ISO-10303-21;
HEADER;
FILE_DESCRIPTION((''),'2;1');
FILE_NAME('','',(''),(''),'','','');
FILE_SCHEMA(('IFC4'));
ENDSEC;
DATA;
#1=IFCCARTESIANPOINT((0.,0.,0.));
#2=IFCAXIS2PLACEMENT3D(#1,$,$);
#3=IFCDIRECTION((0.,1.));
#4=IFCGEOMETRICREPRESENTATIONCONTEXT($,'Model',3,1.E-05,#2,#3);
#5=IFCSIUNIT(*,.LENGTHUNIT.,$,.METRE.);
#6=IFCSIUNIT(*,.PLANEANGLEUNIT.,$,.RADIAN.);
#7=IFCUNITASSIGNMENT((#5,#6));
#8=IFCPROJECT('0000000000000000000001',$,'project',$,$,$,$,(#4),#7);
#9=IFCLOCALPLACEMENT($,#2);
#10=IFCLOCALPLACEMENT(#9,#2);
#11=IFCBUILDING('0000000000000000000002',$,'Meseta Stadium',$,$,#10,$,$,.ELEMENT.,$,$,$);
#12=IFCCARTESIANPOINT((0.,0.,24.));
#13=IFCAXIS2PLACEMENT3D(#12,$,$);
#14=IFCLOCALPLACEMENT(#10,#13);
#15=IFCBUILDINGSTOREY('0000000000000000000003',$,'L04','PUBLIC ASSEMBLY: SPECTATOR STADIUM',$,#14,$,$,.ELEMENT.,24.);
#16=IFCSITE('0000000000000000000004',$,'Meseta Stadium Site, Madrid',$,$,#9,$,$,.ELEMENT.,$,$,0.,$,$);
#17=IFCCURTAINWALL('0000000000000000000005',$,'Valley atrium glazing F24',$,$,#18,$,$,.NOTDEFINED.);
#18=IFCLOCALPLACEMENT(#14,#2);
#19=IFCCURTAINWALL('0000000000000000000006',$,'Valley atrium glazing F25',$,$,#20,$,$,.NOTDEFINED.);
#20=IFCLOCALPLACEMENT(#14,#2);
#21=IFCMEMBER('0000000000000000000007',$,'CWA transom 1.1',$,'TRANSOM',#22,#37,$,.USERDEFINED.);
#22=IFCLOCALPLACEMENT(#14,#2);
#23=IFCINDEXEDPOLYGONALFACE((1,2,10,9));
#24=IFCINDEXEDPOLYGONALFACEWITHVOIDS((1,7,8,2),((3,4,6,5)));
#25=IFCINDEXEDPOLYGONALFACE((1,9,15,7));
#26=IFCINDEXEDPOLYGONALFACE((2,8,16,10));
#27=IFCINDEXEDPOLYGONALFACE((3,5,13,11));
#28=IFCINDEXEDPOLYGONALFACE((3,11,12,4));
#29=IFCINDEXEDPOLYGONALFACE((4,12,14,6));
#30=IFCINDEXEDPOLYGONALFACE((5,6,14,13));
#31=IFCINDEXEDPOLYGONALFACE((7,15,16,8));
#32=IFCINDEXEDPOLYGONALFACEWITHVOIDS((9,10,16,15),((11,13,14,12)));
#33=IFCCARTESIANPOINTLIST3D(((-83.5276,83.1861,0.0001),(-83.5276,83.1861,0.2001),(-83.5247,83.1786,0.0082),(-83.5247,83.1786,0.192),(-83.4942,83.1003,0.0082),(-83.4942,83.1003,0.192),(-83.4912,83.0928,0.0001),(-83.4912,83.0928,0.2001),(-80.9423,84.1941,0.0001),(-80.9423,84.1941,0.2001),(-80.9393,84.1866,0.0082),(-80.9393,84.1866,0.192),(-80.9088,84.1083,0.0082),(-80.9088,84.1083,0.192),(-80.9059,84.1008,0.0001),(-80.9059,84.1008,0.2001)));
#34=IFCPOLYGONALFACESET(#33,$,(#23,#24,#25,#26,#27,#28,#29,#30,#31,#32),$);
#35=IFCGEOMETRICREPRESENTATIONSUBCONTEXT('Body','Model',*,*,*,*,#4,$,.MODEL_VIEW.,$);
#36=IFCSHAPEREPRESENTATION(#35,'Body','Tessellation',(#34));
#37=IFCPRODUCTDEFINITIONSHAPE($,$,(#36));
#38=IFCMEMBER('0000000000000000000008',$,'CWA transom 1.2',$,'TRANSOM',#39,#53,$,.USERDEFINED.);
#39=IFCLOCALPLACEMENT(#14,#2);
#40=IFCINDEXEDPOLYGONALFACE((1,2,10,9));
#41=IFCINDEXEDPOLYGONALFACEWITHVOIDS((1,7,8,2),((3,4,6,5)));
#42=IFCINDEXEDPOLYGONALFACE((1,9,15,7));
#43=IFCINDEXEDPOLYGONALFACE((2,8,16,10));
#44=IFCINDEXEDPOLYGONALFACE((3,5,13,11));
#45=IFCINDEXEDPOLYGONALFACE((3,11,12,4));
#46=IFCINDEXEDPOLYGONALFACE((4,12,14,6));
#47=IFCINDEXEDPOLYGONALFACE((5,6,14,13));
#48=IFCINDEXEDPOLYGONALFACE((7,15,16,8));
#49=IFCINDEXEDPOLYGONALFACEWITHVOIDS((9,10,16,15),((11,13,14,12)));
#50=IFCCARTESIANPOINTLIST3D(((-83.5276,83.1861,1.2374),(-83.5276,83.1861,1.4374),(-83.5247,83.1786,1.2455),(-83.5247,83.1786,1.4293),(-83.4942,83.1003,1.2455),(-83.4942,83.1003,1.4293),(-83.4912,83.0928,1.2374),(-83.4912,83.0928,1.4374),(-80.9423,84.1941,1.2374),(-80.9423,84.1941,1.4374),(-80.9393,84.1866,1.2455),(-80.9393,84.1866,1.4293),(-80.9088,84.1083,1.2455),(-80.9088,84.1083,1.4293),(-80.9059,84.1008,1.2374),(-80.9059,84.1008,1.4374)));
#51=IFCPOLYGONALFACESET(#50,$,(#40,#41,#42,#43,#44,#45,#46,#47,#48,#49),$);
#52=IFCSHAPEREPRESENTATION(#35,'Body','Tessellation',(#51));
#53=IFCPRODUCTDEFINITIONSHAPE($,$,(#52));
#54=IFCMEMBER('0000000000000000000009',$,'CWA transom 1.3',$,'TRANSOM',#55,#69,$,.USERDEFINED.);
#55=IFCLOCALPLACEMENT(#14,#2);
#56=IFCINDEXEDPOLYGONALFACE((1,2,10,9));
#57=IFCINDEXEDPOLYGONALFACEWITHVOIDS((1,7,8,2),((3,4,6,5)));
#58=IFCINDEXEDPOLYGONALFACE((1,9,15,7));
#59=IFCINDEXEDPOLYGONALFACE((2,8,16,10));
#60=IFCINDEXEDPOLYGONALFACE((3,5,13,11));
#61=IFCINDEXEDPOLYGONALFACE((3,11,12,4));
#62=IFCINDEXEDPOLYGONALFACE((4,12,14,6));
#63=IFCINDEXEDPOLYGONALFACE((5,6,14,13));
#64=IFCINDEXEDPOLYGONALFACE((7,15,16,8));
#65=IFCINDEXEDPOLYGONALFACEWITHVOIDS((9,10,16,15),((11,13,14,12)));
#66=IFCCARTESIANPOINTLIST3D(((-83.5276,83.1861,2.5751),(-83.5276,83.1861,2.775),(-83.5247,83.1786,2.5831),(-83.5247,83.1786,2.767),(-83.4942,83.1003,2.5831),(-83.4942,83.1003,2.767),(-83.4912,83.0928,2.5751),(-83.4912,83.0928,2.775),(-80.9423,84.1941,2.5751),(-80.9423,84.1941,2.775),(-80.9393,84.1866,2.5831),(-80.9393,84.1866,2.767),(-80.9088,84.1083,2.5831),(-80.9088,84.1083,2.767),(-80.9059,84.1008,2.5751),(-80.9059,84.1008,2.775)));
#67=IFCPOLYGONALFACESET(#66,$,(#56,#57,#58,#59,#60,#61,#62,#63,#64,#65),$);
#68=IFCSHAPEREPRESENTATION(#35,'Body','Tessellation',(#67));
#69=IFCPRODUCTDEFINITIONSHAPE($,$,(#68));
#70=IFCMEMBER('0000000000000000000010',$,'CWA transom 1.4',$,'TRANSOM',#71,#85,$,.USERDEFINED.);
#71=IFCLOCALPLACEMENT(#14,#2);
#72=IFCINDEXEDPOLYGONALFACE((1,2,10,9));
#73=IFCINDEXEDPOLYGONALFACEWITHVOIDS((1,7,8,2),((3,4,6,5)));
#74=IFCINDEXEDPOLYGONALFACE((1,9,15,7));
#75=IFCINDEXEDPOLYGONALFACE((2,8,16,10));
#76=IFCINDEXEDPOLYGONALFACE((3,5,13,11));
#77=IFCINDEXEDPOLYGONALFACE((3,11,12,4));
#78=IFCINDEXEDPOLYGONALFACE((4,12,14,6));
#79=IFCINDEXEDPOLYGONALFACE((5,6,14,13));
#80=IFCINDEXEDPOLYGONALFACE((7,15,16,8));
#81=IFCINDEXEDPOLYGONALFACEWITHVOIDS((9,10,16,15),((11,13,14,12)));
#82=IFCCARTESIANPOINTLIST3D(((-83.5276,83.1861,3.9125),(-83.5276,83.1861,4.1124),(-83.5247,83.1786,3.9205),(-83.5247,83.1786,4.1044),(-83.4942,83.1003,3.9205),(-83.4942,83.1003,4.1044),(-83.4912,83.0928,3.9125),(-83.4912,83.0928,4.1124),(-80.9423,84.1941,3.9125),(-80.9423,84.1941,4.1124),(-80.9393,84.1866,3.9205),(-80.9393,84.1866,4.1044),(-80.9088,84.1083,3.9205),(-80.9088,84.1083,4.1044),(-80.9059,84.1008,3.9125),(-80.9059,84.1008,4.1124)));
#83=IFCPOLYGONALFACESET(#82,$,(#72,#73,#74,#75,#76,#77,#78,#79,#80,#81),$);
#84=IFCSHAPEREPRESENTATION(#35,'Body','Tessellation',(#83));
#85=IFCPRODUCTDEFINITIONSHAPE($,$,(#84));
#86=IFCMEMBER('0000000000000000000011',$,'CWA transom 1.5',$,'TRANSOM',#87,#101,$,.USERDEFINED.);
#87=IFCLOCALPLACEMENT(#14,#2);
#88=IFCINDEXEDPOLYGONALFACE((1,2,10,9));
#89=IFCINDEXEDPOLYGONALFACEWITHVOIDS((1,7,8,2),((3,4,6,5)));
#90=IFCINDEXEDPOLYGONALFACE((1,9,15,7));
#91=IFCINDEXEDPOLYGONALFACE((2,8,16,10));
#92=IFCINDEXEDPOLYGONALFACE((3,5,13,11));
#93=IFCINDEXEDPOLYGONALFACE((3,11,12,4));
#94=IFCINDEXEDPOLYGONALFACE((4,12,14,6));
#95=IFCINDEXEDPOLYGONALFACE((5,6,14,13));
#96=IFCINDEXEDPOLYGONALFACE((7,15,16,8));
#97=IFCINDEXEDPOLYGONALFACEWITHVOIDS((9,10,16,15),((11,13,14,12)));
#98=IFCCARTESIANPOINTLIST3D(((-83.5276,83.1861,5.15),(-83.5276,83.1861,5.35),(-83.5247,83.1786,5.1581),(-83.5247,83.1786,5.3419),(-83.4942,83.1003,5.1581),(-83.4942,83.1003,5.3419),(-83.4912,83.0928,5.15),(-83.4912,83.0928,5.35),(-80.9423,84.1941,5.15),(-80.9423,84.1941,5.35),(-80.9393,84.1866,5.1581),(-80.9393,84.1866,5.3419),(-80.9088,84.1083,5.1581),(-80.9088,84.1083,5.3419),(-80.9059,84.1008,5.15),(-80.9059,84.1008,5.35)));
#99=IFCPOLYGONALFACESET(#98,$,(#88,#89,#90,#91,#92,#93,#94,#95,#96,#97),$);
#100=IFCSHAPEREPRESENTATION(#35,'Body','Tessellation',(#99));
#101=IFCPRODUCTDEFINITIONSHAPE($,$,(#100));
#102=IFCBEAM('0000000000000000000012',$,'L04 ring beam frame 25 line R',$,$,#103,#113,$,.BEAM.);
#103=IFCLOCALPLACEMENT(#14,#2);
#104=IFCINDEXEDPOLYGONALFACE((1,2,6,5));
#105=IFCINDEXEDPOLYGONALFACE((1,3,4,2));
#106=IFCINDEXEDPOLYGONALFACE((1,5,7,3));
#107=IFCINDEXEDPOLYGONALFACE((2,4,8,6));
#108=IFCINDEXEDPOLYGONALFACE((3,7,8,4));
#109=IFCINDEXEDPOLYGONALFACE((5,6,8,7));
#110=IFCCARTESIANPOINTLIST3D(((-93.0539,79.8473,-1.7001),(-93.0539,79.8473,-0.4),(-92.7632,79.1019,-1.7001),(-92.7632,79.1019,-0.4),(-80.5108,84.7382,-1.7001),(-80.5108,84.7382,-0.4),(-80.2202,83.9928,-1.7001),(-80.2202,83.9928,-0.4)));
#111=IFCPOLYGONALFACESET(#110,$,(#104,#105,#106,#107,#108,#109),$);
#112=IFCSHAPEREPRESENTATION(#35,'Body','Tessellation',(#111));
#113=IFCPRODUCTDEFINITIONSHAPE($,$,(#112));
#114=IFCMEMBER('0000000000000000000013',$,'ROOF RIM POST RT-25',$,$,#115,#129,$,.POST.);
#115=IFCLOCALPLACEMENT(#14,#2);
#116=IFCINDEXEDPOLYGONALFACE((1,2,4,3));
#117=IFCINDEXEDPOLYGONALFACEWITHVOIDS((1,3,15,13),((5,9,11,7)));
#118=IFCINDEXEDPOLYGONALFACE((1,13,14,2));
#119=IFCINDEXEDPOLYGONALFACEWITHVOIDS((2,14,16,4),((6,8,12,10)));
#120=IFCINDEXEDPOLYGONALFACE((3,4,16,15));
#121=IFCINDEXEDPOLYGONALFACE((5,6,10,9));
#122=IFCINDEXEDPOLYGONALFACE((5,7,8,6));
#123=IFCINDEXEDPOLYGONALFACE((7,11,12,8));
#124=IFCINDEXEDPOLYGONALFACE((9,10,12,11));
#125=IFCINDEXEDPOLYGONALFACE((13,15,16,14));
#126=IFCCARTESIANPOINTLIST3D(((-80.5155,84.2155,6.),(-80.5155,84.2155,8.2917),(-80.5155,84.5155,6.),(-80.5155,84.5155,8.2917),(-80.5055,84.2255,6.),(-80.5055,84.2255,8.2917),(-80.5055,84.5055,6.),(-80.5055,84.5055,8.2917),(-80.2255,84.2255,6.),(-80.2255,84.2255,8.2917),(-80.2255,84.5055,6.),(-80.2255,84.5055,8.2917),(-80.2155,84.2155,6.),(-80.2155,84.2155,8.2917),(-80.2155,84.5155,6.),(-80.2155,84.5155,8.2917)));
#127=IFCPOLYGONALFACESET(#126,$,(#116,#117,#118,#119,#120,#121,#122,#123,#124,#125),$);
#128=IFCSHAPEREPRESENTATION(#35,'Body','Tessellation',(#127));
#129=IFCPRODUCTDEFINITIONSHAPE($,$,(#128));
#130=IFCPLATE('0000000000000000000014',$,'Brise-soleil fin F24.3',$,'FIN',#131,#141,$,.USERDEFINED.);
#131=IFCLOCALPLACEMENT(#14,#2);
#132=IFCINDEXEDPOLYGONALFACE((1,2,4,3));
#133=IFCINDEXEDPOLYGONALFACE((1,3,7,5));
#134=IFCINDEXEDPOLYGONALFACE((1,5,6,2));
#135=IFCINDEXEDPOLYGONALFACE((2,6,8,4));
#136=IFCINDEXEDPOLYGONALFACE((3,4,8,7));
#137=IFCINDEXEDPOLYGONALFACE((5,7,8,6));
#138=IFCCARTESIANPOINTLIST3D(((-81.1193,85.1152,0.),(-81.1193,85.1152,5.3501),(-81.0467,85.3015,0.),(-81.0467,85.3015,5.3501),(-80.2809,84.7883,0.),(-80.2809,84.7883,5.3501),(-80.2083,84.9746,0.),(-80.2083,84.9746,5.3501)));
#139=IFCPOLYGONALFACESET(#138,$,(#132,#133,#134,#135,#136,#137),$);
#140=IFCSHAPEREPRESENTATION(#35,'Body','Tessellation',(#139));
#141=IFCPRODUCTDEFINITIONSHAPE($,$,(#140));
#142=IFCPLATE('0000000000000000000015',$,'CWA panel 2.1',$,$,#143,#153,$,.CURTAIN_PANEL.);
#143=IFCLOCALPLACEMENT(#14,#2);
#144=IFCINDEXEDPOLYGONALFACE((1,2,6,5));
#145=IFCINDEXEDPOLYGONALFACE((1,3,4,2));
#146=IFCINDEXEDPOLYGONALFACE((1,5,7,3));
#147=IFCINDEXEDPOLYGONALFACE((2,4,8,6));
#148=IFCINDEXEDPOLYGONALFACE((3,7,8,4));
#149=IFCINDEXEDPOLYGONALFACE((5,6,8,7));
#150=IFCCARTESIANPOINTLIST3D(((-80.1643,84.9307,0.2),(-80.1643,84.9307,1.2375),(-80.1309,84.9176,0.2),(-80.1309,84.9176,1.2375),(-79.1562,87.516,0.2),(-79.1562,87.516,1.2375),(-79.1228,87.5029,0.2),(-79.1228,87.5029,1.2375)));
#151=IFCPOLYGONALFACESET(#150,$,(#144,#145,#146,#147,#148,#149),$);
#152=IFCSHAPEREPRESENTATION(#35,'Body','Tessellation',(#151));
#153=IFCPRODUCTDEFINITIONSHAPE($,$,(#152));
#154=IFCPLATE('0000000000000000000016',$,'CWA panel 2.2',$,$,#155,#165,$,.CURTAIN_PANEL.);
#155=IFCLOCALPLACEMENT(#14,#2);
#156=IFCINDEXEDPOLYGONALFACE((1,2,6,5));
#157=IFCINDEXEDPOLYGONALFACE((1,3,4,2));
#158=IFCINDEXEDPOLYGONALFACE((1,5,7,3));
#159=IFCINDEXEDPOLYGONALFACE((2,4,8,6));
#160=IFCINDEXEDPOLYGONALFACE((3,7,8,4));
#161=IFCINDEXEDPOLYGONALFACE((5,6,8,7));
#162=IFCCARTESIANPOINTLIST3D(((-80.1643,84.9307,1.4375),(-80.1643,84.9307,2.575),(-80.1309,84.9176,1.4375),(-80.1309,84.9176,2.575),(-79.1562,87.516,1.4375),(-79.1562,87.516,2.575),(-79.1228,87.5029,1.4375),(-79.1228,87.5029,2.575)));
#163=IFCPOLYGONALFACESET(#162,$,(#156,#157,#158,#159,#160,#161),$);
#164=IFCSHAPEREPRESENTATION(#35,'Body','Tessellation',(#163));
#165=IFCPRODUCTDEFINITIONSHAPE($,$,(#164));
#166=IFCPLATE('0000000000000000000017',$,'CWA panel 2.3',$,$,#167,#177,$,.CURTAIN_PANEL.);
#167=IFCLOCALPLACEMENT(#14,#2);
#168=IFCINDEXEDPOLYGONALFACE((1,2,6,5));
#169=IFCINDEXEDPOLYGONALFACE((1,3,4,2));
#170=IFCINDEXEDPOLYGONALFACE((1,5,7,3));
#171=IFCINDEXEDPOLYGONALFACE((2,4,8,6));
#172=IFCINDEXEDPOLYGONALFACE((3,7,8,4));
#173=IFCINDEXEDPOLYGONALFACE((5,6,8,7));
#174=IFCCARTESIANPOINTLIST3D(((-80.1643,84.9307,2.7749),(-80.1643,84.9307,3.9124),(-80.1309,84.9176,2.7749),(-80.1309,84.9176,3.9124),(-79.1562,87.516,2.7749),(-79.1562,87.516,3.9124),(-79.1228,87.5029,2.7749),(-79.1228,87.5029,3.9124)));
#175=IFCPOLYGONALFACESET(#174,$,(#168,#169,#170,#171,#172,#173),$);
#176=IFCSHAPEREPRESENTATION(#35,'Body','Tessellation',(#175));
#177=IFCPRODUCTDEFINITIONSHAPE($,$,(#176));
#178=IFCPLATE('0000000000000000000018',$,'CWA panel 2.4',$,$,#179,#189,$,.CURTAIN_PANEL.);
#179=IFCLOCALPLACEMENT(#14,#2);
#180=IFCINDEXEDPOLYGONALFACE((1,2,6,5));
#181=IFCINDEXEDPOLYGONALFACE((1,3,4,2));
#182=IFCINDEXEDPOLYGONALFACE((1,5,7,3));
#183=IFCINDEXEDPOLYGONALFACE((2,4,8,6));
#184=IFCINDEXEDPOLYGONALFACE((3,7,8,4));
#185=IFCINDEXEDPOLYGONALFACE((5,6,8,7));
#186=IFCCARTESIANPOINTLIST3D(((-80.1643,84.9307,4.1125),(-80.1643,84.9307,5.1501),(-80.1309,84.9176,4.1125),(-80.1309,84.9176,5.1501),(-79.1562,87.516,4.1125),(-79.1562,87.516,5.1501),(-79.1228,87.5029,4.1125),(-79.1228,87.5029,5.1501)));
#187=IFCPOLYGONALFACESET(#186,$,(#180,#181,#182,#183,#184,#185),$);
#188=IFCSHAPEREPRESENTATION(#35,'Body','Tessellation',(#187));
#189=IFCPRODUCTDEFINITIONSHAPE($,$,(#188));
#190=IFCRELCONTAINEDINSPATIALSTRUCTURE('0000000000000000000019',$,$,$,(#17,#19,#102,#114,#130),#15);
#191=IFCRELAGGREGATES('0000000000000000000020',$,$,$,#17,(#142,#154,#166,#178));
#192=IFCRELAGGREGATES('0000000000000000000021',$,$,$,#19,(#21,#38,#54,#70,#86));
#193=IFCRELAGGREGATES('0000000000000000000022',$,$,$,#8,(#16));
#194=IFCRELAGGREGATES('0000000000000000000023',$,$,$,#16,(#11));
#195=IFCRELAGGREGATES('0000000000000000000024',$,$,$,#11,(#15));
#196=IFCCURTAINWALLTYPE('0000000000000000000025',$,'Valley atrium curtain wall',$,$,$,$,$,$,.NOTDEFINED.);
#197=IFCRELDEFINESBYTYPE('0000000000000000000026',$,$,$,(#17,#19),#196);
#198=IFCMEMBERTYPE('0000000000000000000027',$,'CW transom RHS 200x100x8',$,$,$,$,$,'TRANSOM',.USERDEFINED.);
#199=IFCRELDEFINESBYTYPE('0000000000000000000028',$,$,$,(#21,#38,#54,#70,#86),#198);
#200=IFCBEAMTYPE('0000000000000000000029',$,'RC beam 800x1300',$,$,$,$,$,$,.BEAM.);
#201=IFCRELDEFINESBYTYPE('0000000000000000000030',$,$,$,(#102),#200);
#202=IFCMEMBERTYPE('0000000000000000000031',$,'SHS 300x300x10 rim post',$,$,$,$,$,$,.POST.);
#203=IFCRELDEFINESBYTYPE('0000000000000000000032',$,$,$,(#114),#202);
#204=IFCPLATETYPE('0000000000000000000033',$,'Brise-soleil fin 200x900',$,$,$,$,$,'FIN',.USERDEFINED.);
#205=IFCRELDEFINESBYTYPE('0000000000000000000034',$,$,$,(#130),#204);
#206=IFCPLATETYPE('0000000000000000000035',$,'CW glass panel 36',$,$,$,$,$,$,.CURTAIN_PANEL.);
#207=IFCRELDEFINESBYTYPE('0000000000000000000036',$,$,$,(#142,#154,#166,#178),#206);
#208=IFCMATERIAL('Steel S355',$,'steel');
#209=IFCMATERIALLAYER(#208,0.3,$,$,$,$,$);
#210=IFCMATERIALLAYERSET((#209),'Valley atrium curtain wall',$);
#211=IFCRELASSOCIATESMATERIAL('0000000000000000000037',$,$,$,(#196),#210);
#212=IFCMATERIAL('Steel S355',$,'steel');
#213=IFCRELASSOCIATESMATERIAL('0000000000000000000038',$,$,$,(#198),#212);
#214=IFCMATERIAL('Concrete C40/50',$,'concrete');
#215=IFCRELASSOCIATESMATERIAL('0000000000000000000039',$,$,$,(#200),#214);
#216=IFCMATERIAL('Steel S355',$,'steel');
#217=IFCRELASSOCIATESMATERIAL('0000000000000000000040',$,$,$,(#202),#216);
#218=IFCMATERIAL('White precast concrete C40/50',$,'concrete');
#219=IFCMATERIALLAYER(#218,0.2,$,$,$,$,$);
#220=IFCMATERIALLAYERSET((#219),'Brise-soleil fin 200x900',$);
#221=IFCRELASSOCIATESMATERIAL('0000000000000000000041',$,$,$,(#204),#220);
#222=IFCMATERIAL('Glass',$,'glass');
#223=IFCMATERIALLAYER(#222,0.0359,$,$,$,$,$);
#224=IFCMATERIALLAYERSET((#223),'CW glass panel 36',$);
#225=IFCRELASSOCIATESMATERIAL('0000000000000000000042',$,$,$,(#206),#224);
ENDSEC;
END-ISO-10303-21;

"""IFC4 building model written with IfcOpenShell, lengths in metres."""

from ifc_helpers import new_model, si_unit, direction, frame, origin, origin_2d, place, context, subcontext, project, spatial, rectangle, hollow_rectangle, extrude, material, layer, layer_set, material_profile, profile_set, type_object, element, aggregate, save


model = new_model("IFC4")

# Units and contexts
model_context = context("Model", 3, precision=1e-05, world=origin(), true_north=direction((0.0, 1.0)))
body_context = subcontext(model_context, "Body", "Model", "MODEL_VIEW")
ifc_project = project(units=[si_unit("LENGTHUNIT", "METRE"), si_unit("PLANEANGLEUNIT", "RADIAN")], contexts=[model_context])

# Site, building, storey
site_placement = place(None, origin())
site = spatial("IfcSite", under=ifc_project, at=site_placement, Name="Meseta Stadium Site, Madrid", CompositionType="ELEMENT", RefElevation=0.0)
building_placement = place(site_placement, origin())
building = spatial("IfcBuilding", under=site, at=building_placement, Name="Meseta Stadium", CompositionType="ELEMENT")
storey_placement = place(building_placement, frame((0.0, 0.0, 24.0)))
storey = spatial("IfcBuildingStorey", under=building, at=storey_placement, Name="L04", Description="PUBLIC ASSEMBLY: SPECTATOR STADIUM", CompositionType="ELEMENT", Elevation=24.0)

# Curtain walls
ifc_material_1 = material(Name="Steel S355", Category="steel")
ifc_layer_1 = layer(ifc_material_1, 0.3)
ifc_layer_set_1 = layer_set([ifc_layer_1], Name="Valley atrium curtain wall")
curtain_wall_type = type_object("IfcCurtainWallType", Name="Valley atrium curtain wall", PredefinedType="NOTDEFINED", material=ifc_layer_set_1)
curtain_wall_1_placement = place(storey_placement, origin())
curtain_wall_1 = element("IfcCurtainWall", 1, at=curtain_wall_1_placement, inside=storey, type_object=curtain_wall_type, Name="Valley atrium glazing F24", PredefinedType="NOTDEFINED")
curtain_wall_2_placement = place(storey_placement, origin())
curtain_wall_2 = element("IfcCurtainWall", 2, at=curtain_wall_2_placement, inside=storey, type_object=curtain_wall_type, Name="Valley atrium glazing F25", PredefinedType="NOTDEFINED")

# Members
ifc_material_2 = material(Name="Steel S355", Category="steel")
ifc_material_profile_1 = material_profile(ifc_material_2, hollow_rectangle(XDim=0.1001, YDim=0.2, WallThickness=0.0081, at=origin_2d()), Name="RHS 200x100x8")
ifc_profile_set_1 = profile_set([ifc_material_profile_1], Name="Steel S355")
member_type_1 = type_object("IfcMemberType", Name="CW transom RHS 200x100x8", ElementType="TRANSOM", PredefinedType="USERDEFINED", material=ifc_profile_set_1)
member_1_placement = place(storey_placement, frame((-80.9241, 84.1475, 0.1001), z_axis=(-0.931687, -0.363261, 0.0), x_axis=(0.363261, -0.931687, 0.0)))
member_1 = element("IfcMember", 3, at=member_1_placement, type_object=member_type_1, Name="CWA transom 1.1", ObjectType="TRANSOM", PredefinedType="USERDEFINED", context=body_context, shape_type="SweptSolid", body=[
    extrude(hollow_rectangle(XDim=0.1001, YDim=0.2, WallThickness=0.0081, at=origin_2d()), origin(), (0.0, 0.0, 1.0), 2.7749),
])
member_2_placement = place(storey_placement, frame((-80.9241, 84.1475, 1.3374), z_axis=(-0.931687, -0.363261, 0.0), x_axis=(0.363261, -0.931687, 0.0)))
member_2 = element("IfcMember", 4, at=member_2_placement, type_object=member_type_1, Name="CWA transom 1.2", ObjectType="TRANSOM", PredefinedType="USERDEFINED", context=body_context, shape_type="SweptSolid", body=[
    extrude(hollow_rectangle(XDim=0.1001, YDim=0.2, WallThickness=0.0081, at=origin_2d()), origin(), (0.0, 0.0, 1.0), 2.7749),
])
member_3_placement = place(storey_placement, frame((-80.9241, 84.1475, 2.675), z_axis=(-0.931687, -0.363261, 0.0), x_axis=(0.363261, -0.931687, 0.0)))
member_3 = element("IfcMember", 5, at=member_3_placement, type_object=member_type_1, Name="CWA transom 1.3", ObjectType="TRANSOM", PredefinedType="USERDEFINED", context=body_context, shape_type="SweptSolid", body=[
    extrude(hollow_rectangle(XDim=0.1001, YDim=0.2, WallThickness=0.0081, at=origin_2d()), origin(), (0.0, 0.0, 1.0), 2.7749),
])
member_4_placement = place(storey_placement, frame((-80.9241, 84.1475, 4.0125), z_axis=(-0.931687, -0.363261, 0.0), x_axis=(0.363261, -0.931687, 0.0)))
member_4 = element("IfcMember", 6, at=member_4_placement, type_object=member_type_1, Name="CWA transom 1.4", ObjectType="TRANSOM", PredefinedType="USERDEFINED", context=body_context, shape_type="SweptSolid", body=[
    extrude(hollow_rectangle(XDim=0.1001, YDim=0.2, WallThickness=0.0081, at=origin_2d()), origin(), (0.0, 0.0, 1.0), 2.7749),
])
member_5_placement = place(storey_placement, frame((-80.9241, 84.1475, 5.25), z_axis=(-0.931687, -0.363261, 0.0), x_axis=(0.363261, -0.931687, 0.0)))
member_5 = element("IfcMember", 7, at=member_5_placement, type_object=member_type_1, Name="CWA transom 1.5", ObjectType="TRANSOM", PredefinedType="USERDEFINED", context=body_context, shape_type="SweptSolid", body=[
    extrude(hollow_rectangle(XDim=0.1001, YDim=0.2, WallThickness=0.0081, at=origin_2d()), origin(), (0.0, 0.0, 1.0), 2.7749),
])

# Beam
ifc_material_3 = material(Name="Concrete C40/50", Category="concrete")
ifc_material_profile_2 = material_profile(ifc_material_3, rectangle(XDim=0.8, YDim=1.3, at=origin_2d()), Name="RC 800x1300")
ifc_profile_set_2 = profile_set([ifc_material_profile_2], Name="Concrete C40/50")
beam_type_1 = type_object("IfcBeamType", Name="RC beam 800x1300", PredefinedType="BEAM", material=ifc_profile_set_2)
beam_placement = place(storey_placement, frame((-80.3655, 84.3655, -1.05), z_axis=(-0.931677, -0.363288, 0.0), x_axis=(0.363288, -0.931677, 0.0)))
element("IfcBeam", 8, at=beam_placement, inside=storey, type_object=beam_type_1, Name="L04 ring beam frame 25 line R", PredefinedType="BEAM", context=body_context, shape_type="SweptSolid", body=[
    extrude(rectangle(XDim=0.8, YDim=1.3, at=origin_2d()), origin(), (0.0, 0.0, 1.0), 13.4629),
])

# Member
ifc_material_4 = material(Name="Steel S355", Category="steel")
ifc_material_profile_3 = material_profile(ifc_material_4, hollow_rectangle(XDim=0.3, YDim=0.3, WallThickness=0.01, at=origin_2d()), Name="SHS 300x300x10")
ifc_profile_set_3 = profile_set([ifc_material_profile_3], Name="Steel S355")
member_type_2 = type_object("IfcMemberType", Name="SHS 300x300x10 rim post", PredefinedType="POST", material=ifc_profile_set_3)
member_6_placement = place(storey_placement, frame((-80.3655, 84.3655, 6.0), z_axis=(0.0, 0.0, 1.0), x_axis=(1.0, 0.0, 0.0)))
element("IfcMember", 9, at=member_6_placement, inside=storey, type_object=member_type_2, Name="ROOF RIM POST RT-25", PredefinedType="POST", context=body_context, shape_type="SweptSolid", body=[
    extrude(hollow_rectangle(XDim=0.3, YDim=0.3, WallThickness=0.01, at=origin_2d()), origin(), (0.0, 0.0, 1.0), 2.2917),
])

# Plates
ifc_material_5 = material(Name="White precast concrete C40/50", Category="concrete")
ifc_layer_2 = layer(ifc_material_5, 0.2)
ifc_layer_set_2 = layer_set([ifc_layer_2], Name="Brise-soleil fin 200x900")
plate_type_1 = type_object("IfcPlateType", Name="Brise-soleil fin 200x900", ElementType="FIN", PredefinedType="USERDEFINED", material=ifc_layer_set_2)
plate_1_placement = place(storey_placement, frame((-80.6638, 85.0449, 0.0), z_axis=(0.0, 0.0, 1.0), x_axis=(-0.36328, -0.93168, 0.0)))
element("IfcPlate", 10, at=plate_1_placement, inside=storey, type_object=plate_type_1, Name="Brise-soleil fin F24.3", ObjectType="FIN", PredefinedType="USERDEFINED", context=body_context, shape_type="SweptSolid", body=[
    extrude(rectangle(XDim=0.2, YDim=0.8999, at=origin_2d()), origin(), (0.0, 0.0, 1.0), 5.3501),
])
ifc_material_6 = material(Name="Glass", Category="glass")
ifc_layer_3 = layer(ifc_material_6, 0.0359)
ifc_layer_set_3 = layer_set([ifc_layer_3], Name="CW glass panel 36")
plate_type_2 = type_object("IfcPlateType", Name="CW glass panel 36", PredefinedType="CURTAIN_PANEL", material=ifc_layer_set_3)
plate_2_placement = place(storey_placement, frame((-79.6436, 86.2168, 0.2), z_axis=(0.0, 0.0, 1.0), x_axis=(-0.36328, -0.93168, 0.0)))
plate_2 = element("IfcPlate", 11, at=plate_2_placement, type_object=plate_type_2, Name="CWA panel 2.1", PredefinedType="CURTAIN_PANEL", context=body_context, shape_type="SweptSolid", body=[
    extrude(rectangle(XDim=2.7749, YDim=0.0359, at=origin_2d()), origin(), (0.0, 0.0, 1.0), 1.0376),
])
plate_3_placement = place(storey_placement, frame((-79.6436, 86.2168, 1.4375), z_axis=(0.0, 0.0, 1.0), x_axis=(-0.36328, -0.93168, 0.0)))
plate_3 = element("IfcPlate", 12, at=plate_3_placement, type_object=plate_type_2, Name="CWA panel 2.2", PredefinedType="CURTAIN_PANEL", context=body_context, shape_type="SweptSolid", body=[
    extrude(rectangle(XDim=2.7749, YDim=0.0359, at=origin_2d()), origin(), (0.0, 0.0, 1.0), 1.1375),
])
plate_4_placement = place(storey_placement, frame((-79.6436, 86.2168, 2.7749), z_axis=(0.0, 0.0, 1.0), x_axis=(-0.36328, -0.93168, 0.0)))
plate_4 = element("IfcPlate", 13, at=plate_4_placement, type_object=plate_type_2, Name="CWA panel 2.3", PredefinedType="CURTAIN_PANEL", context=body_context, shape_type="SweptSolid", body=[
    extrude(rectangle(XDim=2.7749, YDim=0.0359, at=origin_2d()), origin(), (0.0, 0.0, 1.0), 1.1375),
])
plate_5_placement = place(storey_placement, frame((-79.6436, 86.2168, 4.1125), z_axis=(0.0, 0.0, 1.0), x_axis=(-0.36328, -0.93168, 0.0)))
plate_5 = element("IfcPlate", 14, at=plate_5_placement, type_object=plate_type_2, Name="CWA panel 2.4", PredefinedType="CURTAIN_PANEL", context=body_context, shape_type="SweptSolid", body=[
    extrude(rectangle(XDim=2.7749, YDim=0.0359, at=origin_2d()), origin(), (0.0, 0.0, 1.0), 1.0376),
])
aggregate(curtain_wall_1, [plate_2, plate_3, plate_4, plate_5])
aggregate(curtain_wall_2, [member_1, member_2, member_3, member_4, member_5])

save(model, "model.ifc")
